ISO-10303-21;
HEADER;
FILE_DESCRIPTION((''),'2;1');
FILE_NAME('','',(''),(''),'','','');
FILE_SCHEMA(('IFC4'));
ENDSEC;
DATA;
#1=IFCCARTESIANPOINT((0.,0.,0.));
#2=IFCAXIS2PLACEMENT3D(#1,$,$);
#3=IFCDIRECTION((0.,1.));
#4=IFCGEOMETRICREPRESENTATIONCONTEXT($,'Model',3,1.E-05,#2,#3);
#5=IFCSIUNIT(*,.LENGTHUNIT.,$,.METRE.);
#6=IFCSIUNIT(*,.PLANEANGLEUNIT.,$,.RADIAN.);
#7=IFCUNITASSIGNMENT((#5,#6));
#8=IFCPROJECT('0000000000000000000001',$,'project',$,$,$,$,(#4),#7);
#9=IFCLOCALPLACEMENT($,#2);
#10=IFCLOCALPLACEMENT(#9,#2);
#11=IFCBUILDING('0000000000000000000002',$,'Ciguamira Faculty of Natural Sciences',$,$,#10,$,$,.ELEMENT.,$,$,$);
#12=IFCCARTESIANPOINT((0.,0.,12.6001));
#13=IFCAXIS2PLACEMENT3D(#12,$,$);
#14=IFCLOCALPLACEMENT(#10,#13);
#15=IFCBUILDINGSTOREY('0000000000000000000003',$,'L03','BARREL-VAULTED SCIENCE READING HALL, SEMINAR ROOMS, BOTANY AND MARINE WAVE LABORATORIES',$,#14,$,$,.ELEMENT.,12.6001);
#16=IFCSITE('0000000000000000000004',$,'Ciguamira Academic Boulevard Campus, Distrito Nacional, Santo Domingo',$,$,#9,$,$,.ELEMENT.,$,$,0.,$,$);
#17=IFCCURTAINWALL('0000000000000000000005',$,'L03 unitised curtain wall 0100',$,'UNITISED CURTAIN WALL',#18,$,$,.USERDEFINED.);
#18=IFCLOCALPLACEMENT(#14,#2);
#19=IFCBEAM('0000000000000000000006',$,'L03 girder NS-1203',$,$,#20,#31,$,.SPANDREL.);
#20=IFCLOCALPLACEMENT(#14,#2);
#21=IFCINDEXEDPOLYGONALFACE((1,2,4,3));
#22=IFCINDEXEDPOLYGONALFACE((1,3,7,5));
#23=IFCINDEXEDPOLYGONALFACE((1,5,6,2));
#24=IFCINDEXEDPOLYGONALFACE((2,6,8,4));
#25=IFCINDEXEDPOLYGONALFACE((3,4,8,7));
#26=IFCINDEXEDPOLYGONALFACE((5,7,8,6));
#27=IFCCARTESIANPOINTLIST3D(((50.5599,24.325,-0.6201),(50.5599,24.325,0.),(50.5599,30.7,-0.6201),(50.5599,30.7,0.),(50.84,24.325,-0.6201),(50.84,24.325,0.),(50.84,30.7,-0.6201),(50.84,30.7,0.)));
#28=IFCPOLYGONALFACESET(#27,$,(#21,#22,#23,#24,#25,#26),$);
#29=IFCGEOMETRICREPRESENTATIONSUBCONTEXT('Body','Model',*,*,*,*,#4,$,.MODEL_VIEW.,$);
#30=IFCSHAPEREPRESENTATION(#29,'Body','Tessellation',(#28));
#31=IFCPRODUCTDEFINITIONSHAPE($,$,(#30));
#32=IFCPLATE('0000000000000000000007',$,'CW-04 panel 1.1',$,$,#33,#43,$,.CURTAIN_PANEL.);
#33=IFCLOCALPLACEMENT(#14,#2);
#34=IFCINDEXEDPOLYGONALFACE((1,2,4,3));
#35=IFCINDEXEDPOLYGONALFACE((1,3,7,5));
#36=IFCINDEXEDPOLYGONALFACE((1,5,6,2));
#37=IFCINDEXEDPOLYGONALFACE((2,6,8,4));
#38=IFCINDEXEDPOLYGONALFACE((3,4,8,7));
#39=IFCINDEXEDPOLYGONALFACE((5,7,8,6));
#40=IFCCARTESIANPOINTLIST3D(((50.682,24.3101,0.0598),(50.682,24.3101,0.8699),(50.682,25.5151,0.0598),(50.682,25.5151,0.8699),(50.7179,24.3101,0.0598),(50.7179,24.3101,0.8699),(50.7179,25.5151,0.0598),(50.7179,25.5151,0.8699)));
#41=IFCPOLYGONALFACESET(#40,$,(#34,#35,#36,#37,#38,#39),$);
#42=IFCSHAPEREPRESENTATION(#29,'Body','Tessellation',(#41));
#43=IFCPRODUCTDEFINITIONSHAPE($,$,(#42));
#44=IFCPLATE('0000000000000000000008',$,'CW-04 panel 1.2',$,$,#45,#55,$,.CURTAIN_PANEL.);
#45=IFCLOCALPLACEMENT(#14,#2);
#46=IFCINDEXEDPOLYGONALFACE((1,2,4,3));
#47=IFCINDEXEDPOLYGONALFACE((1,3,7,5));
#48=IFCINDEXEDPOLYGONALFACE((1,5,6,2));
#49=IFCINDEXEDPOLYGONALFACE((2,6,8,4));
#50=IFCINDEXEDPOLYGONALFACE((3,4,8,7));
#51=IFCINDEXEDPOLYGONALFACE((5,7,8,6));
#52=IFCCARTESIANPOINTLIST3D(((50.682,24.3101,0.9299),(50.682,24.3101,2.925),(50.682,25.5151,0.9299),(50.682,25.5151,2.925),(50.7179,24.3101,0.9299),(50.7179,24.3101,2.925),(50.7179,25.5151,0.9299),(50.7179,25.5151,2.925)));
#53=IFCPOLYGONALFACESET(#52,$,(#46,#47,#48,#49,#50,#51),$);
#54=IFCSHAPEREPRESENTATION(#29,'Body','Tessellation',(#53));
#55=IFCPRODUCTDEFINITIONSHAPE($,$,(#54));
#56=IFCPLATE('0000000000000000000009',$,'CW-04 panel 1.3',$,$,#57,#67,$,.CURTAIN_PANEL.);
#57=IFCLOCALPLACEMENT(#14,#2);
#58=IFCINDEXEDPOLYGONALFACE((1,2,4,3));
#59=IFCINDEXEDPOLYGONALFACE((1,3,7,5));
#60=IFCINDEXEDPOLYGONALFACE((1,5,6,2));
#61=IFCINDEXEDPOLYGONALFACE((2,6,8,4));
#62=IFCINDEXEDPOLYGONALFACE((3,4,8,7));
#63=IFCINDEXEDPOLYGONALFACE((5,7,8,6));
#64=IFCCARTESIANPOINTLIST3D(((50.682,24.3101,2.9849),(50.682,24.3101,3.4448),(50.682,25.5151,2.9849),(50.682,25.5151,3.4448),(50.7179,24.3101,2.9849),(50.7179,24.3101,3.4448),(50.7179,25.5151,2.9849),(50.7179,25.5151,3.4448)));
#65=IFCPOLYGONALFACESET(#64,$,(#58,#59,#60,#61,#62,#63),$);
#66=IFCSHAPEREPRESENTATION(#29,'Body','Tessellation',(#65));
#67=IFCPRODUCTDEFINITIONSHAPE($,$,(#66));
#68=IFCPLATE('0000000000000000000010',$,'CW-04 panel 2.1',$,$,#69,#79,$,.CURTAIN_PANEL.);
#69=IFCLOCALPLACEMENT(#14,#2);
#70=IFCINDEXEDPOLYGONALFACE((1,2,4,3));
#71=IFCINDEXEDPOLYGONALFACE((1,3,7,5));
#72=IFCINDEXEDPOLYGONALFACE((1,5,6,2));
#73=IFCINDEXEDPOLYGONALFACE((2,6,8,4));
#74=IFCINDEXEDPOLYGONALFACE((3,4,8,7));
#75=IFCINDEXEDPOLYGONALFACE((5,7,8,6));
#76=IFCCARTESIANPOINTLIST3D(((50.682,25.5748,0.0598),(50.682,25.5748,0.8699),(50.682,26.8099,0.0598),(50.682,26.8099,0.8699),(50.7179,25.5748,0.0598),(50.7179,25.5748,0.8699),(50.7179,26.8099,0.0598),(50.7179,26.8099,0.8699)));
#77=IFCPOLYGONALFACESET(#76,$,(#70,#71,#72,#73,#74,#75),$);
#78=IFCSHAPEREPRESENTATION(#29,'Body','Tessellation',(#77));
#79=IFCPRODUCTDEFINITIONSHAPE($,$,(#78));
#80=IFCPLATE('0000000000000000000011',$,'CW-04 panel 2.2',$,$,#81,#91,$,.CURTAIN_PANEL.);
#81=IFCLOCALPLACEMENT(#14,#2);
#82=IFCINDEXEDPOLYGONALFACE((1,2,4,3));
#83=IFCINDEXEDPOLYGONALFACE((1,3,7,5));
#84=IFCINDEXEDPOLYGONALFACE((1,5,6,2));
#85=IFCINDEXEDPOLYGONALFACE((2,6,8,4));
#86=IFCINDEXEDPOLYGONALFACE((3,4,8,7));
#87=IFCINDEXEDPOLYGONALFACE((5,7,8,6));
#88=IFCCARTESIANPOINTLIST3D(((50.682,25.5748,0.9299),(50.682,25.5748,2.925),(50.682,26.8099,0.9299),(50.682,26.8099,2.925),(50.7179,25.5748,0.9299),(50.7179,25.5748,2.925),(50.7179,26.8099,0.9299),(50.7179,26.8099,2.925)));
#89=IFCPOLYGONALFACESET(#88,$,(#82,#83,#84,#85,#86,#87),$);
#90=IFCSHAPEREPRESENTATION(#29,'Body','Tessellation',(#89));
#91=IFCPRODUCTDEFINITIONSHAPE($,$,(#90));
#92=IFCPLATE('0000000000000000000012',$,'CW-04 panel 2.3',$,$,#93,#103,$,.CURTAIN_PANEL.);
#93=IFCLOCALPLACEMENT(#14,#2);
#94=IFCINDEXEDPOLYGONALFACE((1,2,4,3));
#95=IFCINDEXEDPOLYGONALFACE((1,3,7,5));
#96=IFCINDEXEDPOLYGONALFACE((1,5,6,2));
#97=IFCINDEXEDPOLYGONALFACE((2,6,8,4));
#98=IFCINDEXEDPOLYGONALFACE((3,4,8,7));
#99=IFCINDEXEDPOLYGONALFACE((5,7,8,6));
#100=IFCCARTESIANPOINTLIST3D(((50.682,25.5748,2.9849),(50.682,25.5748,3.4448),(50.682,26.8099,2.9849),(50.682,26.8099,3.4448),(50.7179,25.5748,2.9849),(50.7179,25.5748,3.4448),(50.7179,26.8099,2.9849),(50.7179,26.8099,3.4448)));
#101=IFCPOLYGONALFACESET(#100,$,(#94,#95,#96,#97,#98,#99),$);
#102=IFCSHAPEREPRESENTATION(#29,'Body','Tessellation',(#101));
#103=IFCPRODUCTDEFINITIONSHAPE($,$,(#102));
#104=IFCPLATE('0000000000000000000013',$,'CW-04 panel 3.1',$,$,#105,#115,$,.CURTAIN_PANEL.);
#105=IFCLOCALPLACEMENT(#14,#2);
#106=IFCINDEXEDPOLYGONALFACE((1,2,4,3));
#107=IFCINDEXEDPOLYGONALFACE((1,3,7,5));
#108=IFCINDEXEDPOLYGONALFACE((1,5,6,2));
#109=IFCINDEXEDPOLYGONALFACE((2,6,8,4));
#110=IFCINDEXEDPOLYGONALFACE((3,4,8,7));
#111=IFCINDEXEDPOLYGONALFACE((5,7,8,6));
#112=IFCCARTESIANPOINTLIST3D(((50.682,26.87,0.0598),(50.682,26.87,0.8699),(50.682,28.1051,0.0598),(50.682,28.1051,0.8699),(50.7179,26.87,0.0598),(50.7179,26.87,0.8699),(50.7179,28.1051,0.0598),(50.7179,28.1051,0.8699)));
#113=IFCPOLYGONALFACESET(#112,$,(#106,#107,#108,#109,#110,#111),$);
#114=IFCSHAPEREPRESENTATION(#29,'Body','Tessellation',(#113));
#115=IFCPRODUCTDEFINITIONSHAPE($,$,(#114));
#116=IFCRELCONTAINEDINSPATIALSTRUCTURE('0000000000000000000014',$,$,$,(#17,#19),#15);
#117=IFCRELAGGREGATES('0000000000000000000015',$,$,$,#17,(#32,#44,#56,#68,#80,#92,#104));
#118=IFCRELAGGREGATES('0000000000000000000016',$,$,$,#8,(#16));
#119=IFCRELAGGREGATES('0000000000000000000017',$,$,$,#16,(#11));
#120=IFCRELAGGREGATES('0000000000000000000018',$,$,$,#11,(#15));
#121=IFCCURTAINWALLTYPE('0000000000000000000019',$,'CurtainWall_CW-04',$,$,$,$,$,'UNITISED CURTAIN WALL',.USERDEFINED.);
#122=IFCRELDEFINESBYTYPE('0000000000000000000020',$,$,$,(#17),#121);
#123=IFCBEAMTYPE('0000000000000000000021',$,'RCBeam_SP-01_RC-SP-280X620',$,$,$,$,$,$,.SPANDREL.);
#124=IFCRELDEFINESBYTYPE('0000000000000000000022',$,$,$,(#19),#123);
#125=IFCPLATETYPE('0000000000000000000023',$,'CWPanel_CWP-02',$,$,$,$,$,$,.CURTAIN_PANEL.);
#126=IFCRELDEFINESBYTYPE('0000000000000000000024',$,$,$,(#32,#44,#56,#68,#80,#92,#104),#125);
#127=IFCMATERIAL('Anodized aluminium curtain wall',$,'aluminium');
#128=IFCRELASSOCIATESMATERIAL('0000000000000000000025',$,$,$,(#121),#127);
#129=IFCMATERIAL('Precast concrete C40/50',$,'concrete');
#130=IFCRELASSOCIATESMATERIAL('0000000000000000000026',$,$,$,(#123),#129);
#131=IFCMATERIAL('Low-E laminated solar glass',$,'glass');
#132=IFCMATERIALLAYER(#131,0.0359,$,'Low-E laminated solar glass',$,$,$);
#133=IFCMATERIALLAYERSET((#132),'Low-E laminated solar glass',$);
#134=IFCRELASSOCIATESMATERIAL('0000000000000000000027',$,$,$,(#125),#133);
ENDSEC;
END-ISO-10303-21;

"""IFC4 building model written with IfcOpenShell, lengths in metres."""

from ifc_helpers import new_model, si_unit, direction, frame, origin, origin_2d, place, context, subcontext, project, spatial, rectangle, extrude, material, layer, layer_set, material_profile, profile_set, type_object, element, aggregate, save


model = new_model("IFC4")

# Units and contexts
model_context = context("Model", 3, precision=1e-05, world=origin(), true_north=direction((0.0, 1.0)))
body_context = subcontext(model_context, "Body", "Model", "MODEL_VIEW")
ifc_project = project(units=[si_unit("LENGTHUNIT", "METRE"), si_unit("PLANEANGLEUNIT", "RADIAN")], contexts=[model_context])

# Site, building, storey
site_placement = place(None, origin())
site = spatial("IfcSite", under=ifc_project, at=site_placement, Name="Ciguamira Academic Boulevard Campus, Distrito Nacional, Santo Domingo", CompositionType="ELEMENT", RefElevation=0.0)
building_placement = place(site_placement, origin())
building = spatial("IfcBuilding", under=site, at=building_placement, Name="Ciguamira Faculty of Natural Sciences", CompositionType="ELEMENT")
storey_placement = place(building_placement, frame((0.0, 0.0, 12.6001)))
storey = spatial("IfcBuildingStorey", under=building, at=storey_placement, Name="L03", Description="BARREL-VAULTED SCIENCE READING HALL, SEMINAR ROOMS, BOTANY AND MARINE WAVE LABORATORIES", CompositionType="ELEMENT", Elevation=12.6001)

# Curtain wall
ifc_material_1 = material(Name="Anodized aluminium curtain wall", Category="aluminium")
curtain_wall_type = type_object("IfcCurtainWallType", Name="CurtainWall_CW-04", ElementType="UNITISED CURTAIN WALL", PredefinedType="USERDEFINED", material=ifc_material_1)
curtain_wall_placement = place(storey_placement, origin())
curtain_wall = element("IfcCurtainWall", 1, at=curtain_wall_placement, inside=storey, type_object=curtain_wall_type, Name="L03 unitised curtain wall 0100", ObjectType="UNITISED CURTAIN WALL", PredefinedType="USERDEFINED")

# Beam
ifc_material_2 = material(Name="Precast concrete C40/50", Category="concrete")
ifc_material_profile_1 = material_profile(ifc_material_2, rectangle(XDim=0.28, YDim=0.6201, at=origin_2d()), Name="RC-SP-280X620")
ifc_profile_set_1 = profile_set([ifc_material_profile_1], Name="Precast concrete C40/50")
beam_type = type_object("IfcBeamType", Name="RCBeam_SP-01_RC-SP-280X620", PredefinedType="SPANDREL", material=ifc_profile_set_1)
beam_placement = place(storey_placement, frame((50.7, 24.325, -0.3101), z_axis=(0.0, 1.0, 0.0), x_axis=(-1.0, 0.0, 0.0)))
element("IfcBeam", 2, at=beam_placement, inside=storey, type_object=beam_type, Name="L03 girder NS-1203", PredefinedType="SPANDREL", context=body_context, shape_type="SweptSolid", body=[
    extrude(rectangle(XDim=0.28, YDim=0.6201, at=origin_2d()), origin(), (0.0, 0.0, 1.0), 6.375),
])

# Plates
ifc_material_3 = material(Name="Low-E laminated solar glass", Category="glass")
ifc_layer = layer(ifc_material_3, 0.0359, Name="Low-E laminated solar glass")
ifc_layer_set = layer_set([ifc_layer], Name="Low-E laminated solar glass")
plate_type = type_object("IfcPlateType", Name="CWPanel_CWP-02", PredefinedType="CURTAIN_PANEL", material=ifc_layer_set)
plate_1_placement = place(storey_placement, frame((50.7, 24.9126, 0.0598), z_axis=(0.0, 0.0, 1.0), x_axis=(0.0, 1.0, 0.0)))
plate_1 = element("IfcPlate", 3, at=plate_1_placement, type_object=plate_type, Name="CW-04 panel 1.1", PredefinedType="CURTAIN_PANEL", context=body_context, shape_type="SweptSolid", body=[
    extrude(rectangle(XDim=1.2051, YDim=0.0359, at=origin_2d()), origin(), (0.0, 0.0, 1.0), 0.8101),
])
plate_2_placement = place(storey_placement, frame((50.7, 24.9126, 0.9299), z_axis=(0.0, 0.0, 1.0), x_axis=(0.0, 1.0, 0.0)))
plate_2 = element("IfcPlate", 4, at=plate_2_placement, type_object=plate_type, Name="CW-04 panel 1.2", PredefinedType="CURTAIN_PANEL", context=body_context, shape_type="SweptSolid", body=[
    extrude(rectangle(XDim=1.2051, YDim=0.0359, at=origin_2d()), origin(), (0.0, 0.0, 1.0), 1.9951),
])
plate_3_placement = place(storey_placement, frame((50.7, 24.9126, 2.9849), z_axis=(0.0, 0.0, 1.0), x_axis=(0.0, 1.0, 0.0)))
plate_3 = element("IfcPlate", 5, at=plate_3_placement, type_object=plate_type, Name="CW-04 panel 1.3", PredefinedType="CURTAIN_PANEL", context=body_context, shape_type="SweptSolid", body=[
    extrude(rectangle(XDim=1.2051, YDim=0.0359, at=origin_2d()), origin(), (0.0, 0.0, 1.0), 0.46),
])
plate_4_placement = place(storey_placement, frame((50.7, 26.1924, 0.0598), z_axis=(0.0, 0.0, 1.0), x_axis=(0.0, 1.0, 0.0)))
plate_4 = element("IfcPlate", 6, at=plate_4_placement, type_object=plate_type, Name="CW-04 panel 2.1", PredefinedType="CURTAIN_PANEL", context=body_context, shape_type="SweptSolid", body=[
    extrude(rectangle(XDim=1.2351, YDim=0.0359, at=origin_2d()), origin(), (0.0, 0.0, 1.0), 0.8101),
])
plate_5_placement = place(storey_placement, frame((50.7, 26.1924, 0.9299), z_axis=(0.0, 0.0, 1.0), x_axis=(0.0, 1.0, 0.0)))
plate_5 = element("IfcPlate", 7, at=plate_5_placement, type_object=plate_type, Name="CW-04 panel 2.2", PredefinedType="CURTAIN_PANEL", context=body_context, shape_type="SweptSolid", body=[
    extrude(rectangle(XDim=1.2351, YDim=0.0359, at=origin_2d()), origin(), (0.0, 0.0, 1.0), 1.9951),
])
plate_6_placement = place(storey_placement, frame((50.7, 26.1924, 2.9849), z_axis=(0.0, 0.0, 1.0), x_axis=(0.0, 1.0, 0.0)))
plate_6 = element("IfcPlate", 8, at=plate_6_placement, type_object=plate_type, Name="CW-04 panel 2.3", PredefinedType="CURTAIN_PANEL", context=body_context, shape_type="SweptSolid", body=[
    extrude(rectangle(XDim=1.2351, YDim=0.0359, at=origin_2d()), origin(), (0.0, 0.0, 1.0), 0.46),
])
plate_7_placement = place(storey_placement, frame((50.7, 27.4875, 0.0598), z_axis=(0.0, 0.0, 1.0), x_axis=(0.0, 1.0, 0.0)))
plate_7 = element("IfcPlate", 9, at=plate_7_placement, type_object=plate_type, Name="CW-04 panel 3.1", PredefinedType="CURTAIN_PANEL", context=body_context, shape_type="SweptSolid", body=[
    extrude(rectangle(XDim=1.2351, YDim=0.0359, at=origin_2d()), origin(), (0.0, 0.0, 1.0), 0.8101),
])
aggregate(curtain_wall, [plate_1, plate_2, plate_3, plate_4, plate_5, plate_6, plate_7])

save(model, "model.ifc")
